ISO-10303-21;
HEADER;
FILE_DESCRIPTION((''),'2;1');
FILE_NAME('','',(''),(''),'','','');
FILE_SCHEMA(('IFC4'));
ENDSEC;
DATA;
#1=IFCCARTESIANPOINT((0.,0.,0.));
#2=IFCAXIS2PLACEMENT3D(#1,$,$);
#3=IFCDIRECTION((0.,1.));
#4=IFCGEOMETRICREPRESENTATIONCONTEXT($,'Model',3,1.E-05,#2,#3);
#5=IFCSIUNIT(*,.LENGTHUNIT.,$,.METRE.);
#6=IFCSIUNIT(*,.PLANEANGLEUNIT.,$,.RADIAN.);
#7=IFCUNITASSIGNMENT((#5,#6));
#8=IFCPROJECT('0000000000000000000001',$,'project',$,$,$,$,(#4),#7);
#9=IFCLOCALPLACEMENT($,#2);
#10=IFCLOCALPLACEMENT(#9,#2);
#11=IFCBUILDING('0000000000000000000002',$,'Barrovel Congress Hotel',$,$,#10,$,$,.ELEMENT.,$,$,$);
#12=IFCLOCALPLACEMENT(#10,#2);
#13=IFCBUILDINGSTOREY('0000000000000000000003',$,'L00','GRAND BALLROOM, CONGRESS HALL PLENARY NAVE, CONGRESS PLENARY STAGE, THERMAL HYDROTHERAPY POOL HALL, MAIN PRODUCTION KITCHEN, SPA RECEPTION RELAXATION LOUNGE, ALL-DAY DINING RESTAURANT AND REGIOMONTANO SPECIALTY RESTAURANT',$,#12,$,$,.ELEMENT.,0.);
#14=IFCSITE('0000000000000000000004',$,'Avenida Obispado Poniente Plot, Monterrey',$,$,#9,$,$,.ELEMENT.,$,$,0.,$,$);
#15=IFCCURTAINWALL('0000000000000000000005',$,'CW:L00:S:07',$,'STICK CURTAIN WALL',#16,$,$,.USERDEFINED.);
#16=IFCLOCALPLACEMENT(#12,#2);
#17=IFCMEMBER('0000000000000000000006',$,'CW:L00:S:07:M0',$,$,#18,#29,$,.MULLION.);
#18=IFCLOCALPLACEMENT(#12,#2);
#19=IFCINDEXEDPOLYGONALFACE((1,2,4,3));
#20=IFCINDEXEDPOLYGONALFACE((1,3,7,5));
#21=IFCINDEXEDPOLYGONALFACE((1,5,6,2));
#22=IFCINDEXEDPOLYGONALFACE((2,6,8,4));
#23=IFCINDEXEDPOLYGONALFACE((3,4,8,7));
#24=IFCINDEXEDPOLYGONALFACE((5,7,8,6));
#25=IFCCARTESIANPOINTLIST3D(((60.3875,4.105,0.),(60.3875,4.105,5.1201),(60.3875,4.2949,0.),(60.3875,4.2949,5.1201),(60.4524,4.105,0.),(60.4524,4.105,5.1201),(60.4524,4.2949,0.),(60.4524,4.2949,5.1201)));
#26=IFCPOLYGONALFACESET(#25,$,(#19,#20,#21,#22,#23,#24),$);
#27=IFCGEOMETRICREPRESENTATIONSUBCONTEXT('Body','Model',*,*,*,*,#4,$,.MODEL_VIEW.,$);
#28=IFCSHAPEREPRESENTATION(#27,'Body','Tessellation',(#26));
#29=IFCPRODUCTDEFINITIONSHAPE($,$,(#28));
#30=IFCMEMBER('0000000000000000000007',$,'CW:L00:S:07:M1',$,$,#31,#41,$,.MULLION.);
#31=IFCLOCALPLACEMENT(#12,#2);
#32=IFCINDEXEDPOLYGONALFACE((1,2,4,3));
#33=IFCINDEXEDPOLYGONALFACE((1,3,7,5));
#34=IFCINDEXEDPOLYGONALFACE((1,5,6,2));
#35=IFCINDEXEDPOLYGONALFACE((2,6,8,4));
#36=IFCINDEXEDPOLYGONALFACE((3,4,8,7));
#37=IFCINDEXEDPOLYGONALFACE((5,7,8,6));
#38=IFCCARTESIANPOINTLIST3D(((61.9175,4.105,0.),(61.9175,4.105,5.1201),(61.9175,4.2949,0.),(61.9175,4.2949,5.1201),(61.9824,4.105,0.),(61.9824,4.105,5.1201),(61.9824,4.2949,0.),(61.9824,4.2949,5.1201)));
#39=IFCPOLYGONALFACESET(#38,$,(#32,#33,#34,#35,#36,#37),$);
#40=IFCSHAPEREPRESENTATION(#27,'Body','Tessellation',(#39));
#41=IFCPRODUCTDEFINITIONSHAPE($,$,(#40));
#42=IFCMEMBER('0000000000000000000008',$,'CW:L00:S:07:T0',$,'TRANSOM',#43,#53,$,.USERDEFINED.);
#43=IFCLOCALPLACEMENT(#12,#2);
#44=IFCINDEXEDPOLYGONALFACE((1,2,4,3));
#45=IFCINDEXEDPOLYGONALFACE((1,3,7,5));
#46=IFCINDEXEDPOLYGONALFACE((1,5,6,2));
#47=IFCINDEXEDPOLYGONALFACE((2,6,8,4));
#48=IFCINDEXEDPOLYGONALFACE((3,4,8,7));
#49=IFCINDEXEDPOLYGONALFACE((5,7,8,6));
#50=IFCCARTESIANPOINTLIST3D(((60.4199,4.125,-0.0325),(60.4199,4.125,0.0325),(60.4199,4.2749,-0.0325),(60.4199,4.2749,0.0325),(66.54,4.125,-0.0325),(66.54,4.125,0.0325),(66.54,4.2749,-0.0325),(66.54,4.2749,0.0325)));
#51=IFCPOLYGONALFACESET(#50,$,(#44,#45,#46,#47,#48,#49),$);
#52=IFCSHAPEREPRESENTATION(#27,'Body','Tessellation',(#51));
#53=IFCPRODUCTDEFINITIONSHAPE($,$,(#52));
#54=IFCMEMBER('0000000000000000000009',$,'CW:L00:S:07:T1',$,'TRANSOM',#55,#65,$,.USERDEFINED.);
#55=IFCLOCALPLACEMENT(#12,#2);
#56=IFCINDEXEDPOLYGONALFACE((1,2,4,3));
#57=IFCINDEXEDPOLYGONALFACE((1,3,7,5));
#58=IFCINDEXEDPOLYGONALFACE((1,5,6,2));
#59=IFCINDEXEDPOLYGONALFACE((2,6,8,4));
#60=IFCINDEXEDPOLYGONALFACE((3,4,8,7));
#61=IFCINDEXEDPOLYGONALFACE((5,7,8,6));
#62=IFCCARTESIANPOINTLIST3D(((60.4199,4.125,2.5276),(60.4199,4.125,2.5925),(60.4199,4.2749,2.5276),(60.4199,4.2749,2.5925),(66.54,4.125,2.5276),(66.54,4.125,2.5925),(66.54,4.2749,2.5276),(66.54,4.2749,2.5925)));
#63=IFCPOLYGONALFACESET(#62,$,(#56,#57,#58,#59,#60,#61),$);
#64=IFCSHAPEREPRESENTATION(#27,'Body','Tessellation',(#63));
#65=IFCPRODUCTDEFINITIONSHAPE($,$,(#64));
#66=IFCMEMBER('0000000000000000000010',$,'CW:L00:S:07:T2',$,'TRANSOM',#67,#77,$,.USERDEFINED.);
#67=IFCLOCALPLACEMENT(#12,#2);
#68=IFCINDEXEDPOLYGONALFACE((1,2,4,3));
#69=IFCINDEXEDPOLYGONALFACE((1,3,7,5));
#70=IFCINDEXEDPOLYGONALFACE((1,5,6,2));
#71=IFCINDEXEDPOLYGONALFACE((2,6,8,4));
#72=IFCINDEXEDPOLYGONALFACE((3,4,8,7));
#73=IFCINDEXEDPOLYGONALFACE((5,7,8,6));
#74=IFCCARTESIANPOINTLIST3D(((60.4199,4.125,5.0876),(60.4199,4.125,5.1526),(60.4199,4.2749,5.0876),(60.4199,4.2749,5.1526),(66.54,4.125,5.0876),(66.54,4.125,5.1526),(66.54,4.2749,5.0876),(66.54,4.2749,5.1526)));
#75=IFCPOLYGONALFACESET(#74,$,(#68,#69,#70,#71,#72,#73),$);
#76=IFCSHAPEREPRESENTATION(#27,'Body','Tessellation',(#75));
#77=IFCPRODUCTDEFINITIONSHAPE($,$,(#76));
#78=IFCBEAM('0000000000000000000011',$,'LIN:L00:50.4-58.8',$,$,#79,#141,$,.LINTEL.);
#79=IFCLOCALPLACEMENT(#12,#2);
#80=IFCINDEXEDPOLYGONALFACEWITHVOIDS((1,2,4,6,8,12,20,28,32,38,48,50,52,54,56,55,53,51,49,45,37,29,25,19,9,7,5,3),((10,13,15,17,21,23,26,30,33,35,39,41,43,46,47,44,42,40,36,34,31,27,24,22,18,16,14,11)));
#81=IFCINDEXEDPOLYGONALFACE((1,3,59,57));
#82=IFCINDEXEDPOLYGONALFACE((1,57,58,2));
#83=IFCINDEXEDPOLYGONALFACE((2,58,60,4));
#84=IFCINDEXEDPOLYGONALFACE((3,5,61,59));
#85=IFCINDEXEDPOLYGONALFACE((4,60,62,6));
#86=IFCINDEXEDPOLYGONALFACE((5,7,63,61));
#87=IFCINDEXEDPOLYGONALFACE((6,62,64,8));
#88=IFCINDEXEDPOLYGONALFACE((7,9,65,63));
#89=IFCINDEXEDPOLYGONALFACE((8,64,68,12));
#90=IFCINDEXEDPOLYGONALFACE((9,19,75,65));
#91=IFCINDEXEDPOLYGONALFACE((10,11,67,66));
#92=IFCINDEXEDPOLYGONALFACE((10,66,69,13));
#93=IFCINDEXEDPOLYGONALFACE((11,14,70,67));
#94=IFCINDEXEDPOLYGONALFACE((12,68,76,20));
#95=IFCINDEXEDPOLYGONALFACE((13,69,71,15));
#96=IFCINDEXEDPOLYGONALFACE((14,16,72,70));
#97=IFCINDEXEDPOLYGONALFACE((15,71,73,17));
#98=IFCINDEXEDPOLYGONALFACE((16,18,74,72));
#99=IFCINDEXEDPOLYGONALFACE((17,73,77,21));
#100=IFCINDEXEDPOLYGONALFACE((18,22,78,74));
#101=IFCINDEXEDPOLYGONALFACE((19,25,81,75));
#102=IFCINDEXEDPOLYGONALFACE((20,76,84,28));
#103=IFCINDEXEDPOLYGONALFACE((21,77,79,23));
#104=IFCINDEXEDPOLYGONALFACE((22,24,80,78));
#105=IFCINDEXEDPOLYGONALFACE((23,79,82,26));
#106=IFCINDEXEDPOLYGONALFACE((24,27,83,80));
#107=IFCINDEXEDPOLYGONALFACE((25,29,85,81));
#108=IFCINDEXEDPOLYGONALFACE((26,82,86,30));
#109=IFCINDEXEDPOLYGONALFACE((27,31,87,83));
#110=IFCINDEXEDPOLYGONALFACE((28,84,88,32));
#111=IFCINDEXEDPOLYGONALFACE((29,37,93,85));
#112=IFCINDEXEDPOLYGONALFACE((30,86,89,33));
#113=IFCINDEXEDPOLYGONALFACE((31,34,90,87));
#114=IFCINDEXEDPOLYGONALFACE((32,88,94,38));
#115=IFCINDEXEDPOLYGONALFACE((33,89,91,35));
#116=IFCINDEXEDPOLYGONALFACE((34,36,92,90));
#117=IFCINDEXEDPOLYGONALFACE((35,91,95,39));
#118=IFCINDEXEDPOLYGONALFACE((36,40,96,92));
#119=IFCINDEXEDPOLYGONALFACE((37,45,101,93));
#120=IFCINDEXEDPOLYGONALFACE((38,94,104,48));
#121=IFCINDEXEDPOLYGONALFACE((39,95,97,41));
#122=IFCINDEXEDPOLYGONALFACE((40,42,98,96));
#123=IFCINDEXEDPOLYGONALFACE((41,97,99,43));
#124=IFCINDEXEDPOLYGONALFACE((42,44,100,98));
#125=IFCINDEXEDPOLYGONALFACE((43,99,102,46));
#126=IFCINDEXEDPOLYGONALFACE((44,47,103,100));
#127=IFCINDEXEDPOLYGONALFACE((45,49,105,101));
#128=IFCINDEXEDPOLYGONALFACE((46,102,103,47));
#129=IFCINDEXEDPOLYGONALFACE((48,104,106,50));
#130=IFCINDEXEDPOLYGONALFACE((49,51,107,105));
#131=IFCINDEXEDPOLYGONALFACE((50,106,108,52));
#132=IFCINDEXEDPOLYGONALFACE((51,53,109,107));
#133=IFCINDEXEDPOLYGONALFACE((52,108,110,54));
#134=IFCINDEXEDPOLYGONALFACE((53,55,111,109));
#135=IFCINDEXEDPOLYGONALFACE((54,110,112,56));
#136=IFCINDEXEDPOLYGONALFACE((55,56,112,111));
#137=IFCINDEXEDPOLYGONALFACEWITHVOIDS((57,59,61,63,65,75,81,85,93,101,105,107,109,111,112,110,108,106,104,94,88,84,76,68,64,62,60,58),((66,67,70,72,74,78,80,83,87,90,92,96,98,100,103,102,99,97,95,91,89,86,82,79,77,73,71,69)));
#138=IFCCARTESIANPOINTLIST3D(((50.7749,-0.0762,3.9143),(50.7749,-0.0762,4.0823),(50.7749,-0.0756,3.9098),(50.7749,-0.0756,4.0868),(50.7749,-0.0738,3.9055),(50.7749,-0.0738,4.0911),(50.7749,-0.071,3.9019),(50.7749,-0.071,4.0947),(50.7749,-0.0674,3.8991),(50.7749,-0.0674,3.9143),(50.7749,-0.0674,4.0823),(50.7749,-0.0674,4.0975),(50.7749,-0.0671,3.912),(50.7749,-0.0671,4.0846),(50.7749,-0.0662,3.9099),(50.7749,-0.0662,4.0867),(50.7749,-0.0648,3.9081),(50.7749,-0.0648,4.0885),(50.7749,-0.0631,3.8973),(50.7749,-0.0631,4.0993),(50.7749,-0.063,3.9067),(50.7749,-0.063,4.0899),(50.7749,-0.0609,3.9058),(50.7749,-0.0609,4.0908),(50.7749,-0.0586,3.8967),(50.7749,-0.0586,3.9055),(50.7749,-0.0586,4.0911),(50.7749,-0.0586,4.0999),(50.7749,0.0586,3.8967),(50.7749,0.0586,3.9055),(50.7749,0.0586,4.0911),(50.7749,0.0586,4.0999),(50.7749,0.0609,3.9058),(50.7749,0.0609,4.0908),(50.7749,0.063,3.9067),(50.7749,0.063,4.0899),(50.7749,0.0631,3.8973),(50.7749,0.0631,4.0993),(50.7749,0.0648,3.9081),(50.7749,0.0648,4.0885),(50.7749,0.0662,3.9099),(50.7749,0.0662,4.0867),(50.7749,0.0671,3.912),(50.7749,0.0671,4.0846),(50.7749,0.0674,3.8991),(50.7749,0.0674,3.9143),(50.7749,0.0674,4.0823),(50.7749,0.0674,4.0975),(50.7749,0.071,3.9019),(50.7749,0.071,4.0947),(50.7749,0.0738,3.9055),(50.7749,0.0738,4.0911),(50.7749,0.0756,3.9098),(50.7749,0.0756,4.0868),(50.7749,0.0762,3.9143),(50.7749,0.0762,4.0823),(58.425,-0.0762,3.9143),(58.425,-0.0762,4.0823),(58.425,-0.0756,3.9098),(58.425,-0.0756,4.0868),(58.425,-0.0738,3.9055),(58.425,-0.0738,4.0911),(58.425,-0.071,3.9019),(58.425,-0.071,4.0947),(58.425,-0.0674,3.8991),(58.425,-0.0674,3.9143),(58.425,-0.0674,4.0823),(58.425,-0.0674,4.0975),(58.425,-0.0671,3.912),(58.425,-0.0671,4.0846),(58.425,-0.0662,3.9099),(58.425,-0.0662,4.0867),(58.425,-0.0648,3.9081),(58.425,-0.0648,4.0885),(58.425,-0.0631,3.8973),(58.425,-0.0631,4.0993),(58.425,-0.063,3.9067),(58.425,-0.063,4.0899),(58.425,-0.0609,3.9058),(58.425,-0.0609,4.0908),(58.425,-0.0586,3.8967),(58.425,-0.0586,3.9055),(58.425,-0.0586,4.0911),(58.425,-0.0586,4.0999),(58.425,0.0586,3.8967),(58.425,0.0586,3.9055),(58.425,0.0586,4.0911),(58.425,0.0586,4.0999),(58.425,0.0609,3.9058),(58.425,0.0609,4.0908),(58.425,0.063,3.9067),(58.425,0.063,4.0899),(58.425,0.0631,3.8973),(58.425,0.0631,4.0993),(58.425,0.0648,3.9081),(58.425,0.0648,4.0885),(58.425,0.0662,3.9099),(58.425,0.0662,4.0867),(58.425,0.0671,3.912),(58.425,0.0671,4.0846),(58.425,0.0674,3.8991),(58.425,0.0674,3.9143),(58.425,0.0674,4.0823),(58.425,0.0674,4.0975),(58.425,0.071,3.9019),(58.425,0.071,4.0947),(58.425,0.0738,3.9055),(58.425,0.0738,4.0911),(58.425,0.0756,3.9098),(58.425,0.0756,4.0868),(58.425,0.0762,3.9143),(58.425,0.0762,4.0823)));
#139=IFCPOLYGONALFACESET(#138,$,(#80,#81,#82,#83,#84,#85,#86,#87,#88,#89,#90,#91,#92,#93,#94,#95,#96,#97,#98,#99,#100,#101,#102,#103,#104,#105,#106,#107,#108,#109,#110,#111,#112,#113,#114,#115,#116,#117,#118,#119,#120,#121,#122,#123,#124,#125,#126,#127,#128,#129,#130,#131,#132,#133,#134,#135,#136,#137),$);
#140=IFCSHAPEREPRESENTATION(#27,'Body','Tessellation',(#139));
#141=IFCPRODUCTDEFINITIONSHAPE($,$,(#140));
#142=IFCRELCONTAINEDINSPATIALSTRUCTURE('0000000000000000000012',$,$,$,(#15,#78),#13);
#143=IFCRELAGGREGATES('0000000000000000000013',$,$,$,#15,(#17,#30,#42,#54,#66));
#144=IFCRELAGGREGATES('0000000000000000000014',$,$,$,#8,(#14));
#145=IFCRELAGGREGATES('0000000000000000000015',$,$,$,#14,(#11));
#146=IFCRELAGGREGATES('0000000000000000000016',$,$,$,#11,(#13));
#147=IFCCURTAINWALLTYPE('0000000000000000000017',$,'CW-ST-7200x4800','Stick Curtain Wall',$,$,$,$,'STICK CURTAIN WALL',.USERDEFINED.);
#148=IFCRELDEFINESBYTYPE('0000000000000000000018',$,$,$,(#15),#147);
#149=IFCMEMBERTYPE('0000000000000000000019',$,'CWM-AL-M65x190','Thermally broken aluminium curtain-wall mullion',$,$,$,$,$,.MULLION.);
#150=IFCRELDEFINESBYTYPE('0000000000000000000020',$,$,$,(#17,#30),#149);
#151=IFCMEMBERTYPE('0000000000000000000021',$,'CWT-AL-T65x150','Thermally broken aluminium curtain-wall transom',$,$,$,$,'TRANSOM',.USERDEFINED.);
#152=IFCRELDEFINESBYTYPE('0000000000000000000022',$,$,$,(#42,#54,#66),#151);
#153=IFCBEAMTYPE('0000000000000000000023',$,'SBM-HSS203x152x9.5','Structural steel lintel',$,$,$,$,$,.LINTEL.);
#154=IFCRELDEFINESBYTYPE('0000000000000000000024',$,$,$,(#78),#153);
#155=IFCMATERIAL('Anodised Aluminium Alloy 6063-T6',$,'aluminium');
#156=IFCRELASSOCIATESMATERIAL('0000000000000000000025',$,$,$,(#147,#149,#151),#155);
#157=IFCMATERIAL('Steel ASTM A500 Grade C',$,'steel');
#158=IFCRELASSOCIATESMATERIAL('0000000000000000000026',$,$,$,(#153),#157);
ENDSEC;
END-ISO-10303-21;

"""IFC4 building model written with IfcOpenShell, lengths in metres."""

from ifc_helpers import new_model, si_unit, direction, frame, origin, origin_2d, place, context, subcontext, project, spatial, rectangle, hollow_rectangle, extrude, material, material_profile, profile_set, type_object, element, aggregate, save


model = new_model("IFC4")

# Units and contexts
model_context = context("Model", 3, precision=1e-05, world=origin(), true_north=direction((0.0, 1.0)))
body_context = subcontext(model_context, "Body", "Model", "MODEL_VIEW")
ifc_project = project(units=[si_unit("LENGTHUNIT", "METRE"), si_unit("PLANEANGLEUNIT", "RADIAN")], contexts=[model_context])

# Site, building, storey
site_placement = place(None, origin())
site = spatial("IfcSite", under=ifc_project, at=site_placement, Name="Avenida Obispado Poniente Plot, Monterrey", CompositionType="ELEMENT", RefElevation=0.0)
building_placement = place(site_placement, origin())
building = spatial("IfcBuilding", under=site, at=building_placement, Name="Barrovel Congress Hotel", CompositionType="ELEMENT")
storey_placement = place(building_placement, origin())
storey = spatial("IfcBuildingStorey", under=building, at=storey_placement, Name="L00", Description="GRAND BALLROOM, CONGRESS HALL PLENARY NAVE, CONGRESS PLENARY STAGE, THERMAL HYDROTHERAPY POOL HALL, MAIN PRODUCTION KITCHEN, SPA RECEPTION RELAXATION LOUNGE, ALL-DAY DINING RESTAURANT AND REGIOMONTANO SPECIALTY RESTAURANT", CompositionType="ELEMENT", Elevation=0.0)

# Curtain wall, members
ifc_material_1 = material(Name="Anodised Aluminium Alloy 6063-T6", Category="aluminium")
curtain_wall_type = type_object("IfcCurtainWallType", Name="CW-ST-7200x4800", Description="Stick Curtain Wall", ElementType="STICK CURTAIN WALL", PredefinedType="USERDEFINED", material=ifc_material_1)
curtain_wall_1_placement = place(storey_placement, origin())
curtain_wall_1 = element("IfcCurtainWall", 1, at=curtain_wall_1_placement, inside=storey, type_object=curtain_wall_type, Name="CW:L00:S:07", ObjectType="STICK CURTAIN WALL", PredefinedType="USERDEFINED")
ifc_material_profile_1 = material_profile(ifc_material_1, rectangle(XDim=0.0649, YDim=0.1899, at=origin_2d()), Name="AL-M65x190")
ifc_profile_set_1 = profile_set([ifc_material_profile_1], Name="Anodised Aluminium Alloy 6063-T6")
member_type_1 = type_object("IfcMemberType", Name="CWM-AL-M65x190", Description="Thermally broken aluminium curtain-wall mullion", PredefinedType="MULLION", material=ifc_profile_set_1)
member_1_placement = place(storey_placement, frame((60.4199, 4.2, 0.0), z_axis=(0.0, 0.0, 1.0), x_axis=(1.0, 0.0, 0.0)))
member_1 = element("IfcMember", 2, at=member_1_placement, type_object=member_type_1, Name="CW:L00:S:07:M0", PredefinedType="MULLION", context=body_context, shape_type="SweptSolid", body=[
    extrude(rectangle(XDim=0.0649, YDim=0.1899, at=origin_2d()), origin(), (0.0, 0.0, 1.0), 5.1201),
])
member_2_placement = place(storey_placement, frame((61.95, 4.2, 0.0), z_axis=(0.0, 0.0, 1.0), x_axis=(1.0, 0.0, 0.0)))
member_2 = element("IfcMember", 3, at=member_2_placement, type_object=member_type_1, Name="CW:L00:S:07:M1", PredefinedType="MULLION", context=body_context, shape_type="SweptSolid", body=[
    extrude(rectangle(XDim=0.0649, YDim=0.1899, at=origin_2d()), origin(), (0.0, 0.0, 1.0), 5.1201),
])
ifc_material_profile_2 = material_profile(ifc_material_1, rectangle(XDim=0.1499, YDim=0.0649, at=origin_2d()), Name="AL-T65x150")
ifc_profile_set_2 = profile_set([ifc_material_profile_2], Name="Anodised Aluminium Alloy 6063-T6")
member_type_2 = type_object("IfcMemberType", Name="CWT-AL-T65x150", Description="Thermally broken aluminium curtain-wall transom", ElementType="TRANSOM", PredefinedType="USERDEFINED", material=ifc_profile_set_2)
member_3_placement = place(storey_placement, frame((60.4199, 4.2, 0.0), z_axis=(1.0, 0.0, 0.0), x_axis=(0.0, 1.0, 0.0)))
member_3 = element("IfcMember", 4, at=member_3_placement, type_object=member_type_2, Name="CW:L00:S:07:T0", ObjectType="TRANSOM", PredefinedType="USERDEFINED", context=body_context, shape_type="SweptSolid", body=[
    extrude(rectangle(XDim=0.1499, YDim=0.0649, at=origin_2d()), origin(), (0.0, 0.0, 1.0), 6.1201),
])
member_4_placement = place(storey_placement, frame((60.4199, 4.2, 2.5601), z_axis=(1.0, 0.0, 0.0), x_axis=(0.0, 1.0, 0.0)))
member_4 = element("IfcMember", 5, at=member_4_placement, type_object=member_type_2, Name="CW:L00:S:07:T1", ObjectType="TRANSOM", PredefinedType="USERDEFINED", context=body_context, shape_type="SweptSolid", body=[
    extrude(rectangle(XDim=0.1499, YDim=0.0649, at=origin_2d()), origin(), (0.0, 0.0, 1.0), 6.1201),
])
member_5_placement = place(storey_placement, frame((60.4199, 4.2, 5.1201), z_axis=(1.0, 0.0, 0.0), x_axis=(0.0, 1.0, 0.0)))
member_5 = element("IfcMember", 6, at=member_5_placement, type_object=member_type_2, Name="CW:L00:S:07:T2", ObjectType="TRANSOM", PredefinedType="USERDEFINED", context=body_context, shape_type="SweptSolid", body=[
    extrude(rectangle(XDim=0.1499, YDim=0.0649, at=origin_2d()), origin(), (0.0, 0.0, 1.0), 6.1201),
])

# Beam
ifc_material_2 = material(Name="Steel ASTM A500 Grade C", Category="steel")
ifc_material_profile_3 = material_profile(ifc_material_2, hollow_rectangle(XDim=0.1523, YDim=0.2031, WallThickness=0.0088, InnerFilletRadius=0.0088, OuterFilletRadius=0.0176, at=origin_2d()), Name="HSS203x152x9.5")
ifc_profile_set_3 = profile_set([ifc_material_profile_3], Name="Steel ASTM A500 Grade C")
beam_type_1 = type_object("IfcBeamType", Name="SBM-HSS203x152x9.5", Description="Structural steel lintel", PredefinedType="LINTEL", material=ifc_profile_set_3)
beam_1_placement = place(storey_placement, frame((50.7749, 0.0, 3.9983), z_axis=(1.0, 0.0, 0.0), x_axis=(0.0, 1.0, 0.0)))
element("IfcBeam", 7, at=beam_1_placement, inside=storey, type_object=beam_type_1, Name="LIN:L00:50.4-58.8", PredefinedType="LINTEL", context=body_context, shape_type="SweptSolid", body=[
    extrude(hollow_rectangle(XDim=0.1523, YDim=0.2031, WallThickness=0.0088, InnerFilletRadius=0.0088, OuterFilletRadius=0.0176, at=origin_2d()), origin(), (0.0, 0.0, 1.0), 7.6501),
])

aggregate(curtain_wall_1, [member_1, member_2, member_3, member_4, member_5])

save(model, "model.ifc")
